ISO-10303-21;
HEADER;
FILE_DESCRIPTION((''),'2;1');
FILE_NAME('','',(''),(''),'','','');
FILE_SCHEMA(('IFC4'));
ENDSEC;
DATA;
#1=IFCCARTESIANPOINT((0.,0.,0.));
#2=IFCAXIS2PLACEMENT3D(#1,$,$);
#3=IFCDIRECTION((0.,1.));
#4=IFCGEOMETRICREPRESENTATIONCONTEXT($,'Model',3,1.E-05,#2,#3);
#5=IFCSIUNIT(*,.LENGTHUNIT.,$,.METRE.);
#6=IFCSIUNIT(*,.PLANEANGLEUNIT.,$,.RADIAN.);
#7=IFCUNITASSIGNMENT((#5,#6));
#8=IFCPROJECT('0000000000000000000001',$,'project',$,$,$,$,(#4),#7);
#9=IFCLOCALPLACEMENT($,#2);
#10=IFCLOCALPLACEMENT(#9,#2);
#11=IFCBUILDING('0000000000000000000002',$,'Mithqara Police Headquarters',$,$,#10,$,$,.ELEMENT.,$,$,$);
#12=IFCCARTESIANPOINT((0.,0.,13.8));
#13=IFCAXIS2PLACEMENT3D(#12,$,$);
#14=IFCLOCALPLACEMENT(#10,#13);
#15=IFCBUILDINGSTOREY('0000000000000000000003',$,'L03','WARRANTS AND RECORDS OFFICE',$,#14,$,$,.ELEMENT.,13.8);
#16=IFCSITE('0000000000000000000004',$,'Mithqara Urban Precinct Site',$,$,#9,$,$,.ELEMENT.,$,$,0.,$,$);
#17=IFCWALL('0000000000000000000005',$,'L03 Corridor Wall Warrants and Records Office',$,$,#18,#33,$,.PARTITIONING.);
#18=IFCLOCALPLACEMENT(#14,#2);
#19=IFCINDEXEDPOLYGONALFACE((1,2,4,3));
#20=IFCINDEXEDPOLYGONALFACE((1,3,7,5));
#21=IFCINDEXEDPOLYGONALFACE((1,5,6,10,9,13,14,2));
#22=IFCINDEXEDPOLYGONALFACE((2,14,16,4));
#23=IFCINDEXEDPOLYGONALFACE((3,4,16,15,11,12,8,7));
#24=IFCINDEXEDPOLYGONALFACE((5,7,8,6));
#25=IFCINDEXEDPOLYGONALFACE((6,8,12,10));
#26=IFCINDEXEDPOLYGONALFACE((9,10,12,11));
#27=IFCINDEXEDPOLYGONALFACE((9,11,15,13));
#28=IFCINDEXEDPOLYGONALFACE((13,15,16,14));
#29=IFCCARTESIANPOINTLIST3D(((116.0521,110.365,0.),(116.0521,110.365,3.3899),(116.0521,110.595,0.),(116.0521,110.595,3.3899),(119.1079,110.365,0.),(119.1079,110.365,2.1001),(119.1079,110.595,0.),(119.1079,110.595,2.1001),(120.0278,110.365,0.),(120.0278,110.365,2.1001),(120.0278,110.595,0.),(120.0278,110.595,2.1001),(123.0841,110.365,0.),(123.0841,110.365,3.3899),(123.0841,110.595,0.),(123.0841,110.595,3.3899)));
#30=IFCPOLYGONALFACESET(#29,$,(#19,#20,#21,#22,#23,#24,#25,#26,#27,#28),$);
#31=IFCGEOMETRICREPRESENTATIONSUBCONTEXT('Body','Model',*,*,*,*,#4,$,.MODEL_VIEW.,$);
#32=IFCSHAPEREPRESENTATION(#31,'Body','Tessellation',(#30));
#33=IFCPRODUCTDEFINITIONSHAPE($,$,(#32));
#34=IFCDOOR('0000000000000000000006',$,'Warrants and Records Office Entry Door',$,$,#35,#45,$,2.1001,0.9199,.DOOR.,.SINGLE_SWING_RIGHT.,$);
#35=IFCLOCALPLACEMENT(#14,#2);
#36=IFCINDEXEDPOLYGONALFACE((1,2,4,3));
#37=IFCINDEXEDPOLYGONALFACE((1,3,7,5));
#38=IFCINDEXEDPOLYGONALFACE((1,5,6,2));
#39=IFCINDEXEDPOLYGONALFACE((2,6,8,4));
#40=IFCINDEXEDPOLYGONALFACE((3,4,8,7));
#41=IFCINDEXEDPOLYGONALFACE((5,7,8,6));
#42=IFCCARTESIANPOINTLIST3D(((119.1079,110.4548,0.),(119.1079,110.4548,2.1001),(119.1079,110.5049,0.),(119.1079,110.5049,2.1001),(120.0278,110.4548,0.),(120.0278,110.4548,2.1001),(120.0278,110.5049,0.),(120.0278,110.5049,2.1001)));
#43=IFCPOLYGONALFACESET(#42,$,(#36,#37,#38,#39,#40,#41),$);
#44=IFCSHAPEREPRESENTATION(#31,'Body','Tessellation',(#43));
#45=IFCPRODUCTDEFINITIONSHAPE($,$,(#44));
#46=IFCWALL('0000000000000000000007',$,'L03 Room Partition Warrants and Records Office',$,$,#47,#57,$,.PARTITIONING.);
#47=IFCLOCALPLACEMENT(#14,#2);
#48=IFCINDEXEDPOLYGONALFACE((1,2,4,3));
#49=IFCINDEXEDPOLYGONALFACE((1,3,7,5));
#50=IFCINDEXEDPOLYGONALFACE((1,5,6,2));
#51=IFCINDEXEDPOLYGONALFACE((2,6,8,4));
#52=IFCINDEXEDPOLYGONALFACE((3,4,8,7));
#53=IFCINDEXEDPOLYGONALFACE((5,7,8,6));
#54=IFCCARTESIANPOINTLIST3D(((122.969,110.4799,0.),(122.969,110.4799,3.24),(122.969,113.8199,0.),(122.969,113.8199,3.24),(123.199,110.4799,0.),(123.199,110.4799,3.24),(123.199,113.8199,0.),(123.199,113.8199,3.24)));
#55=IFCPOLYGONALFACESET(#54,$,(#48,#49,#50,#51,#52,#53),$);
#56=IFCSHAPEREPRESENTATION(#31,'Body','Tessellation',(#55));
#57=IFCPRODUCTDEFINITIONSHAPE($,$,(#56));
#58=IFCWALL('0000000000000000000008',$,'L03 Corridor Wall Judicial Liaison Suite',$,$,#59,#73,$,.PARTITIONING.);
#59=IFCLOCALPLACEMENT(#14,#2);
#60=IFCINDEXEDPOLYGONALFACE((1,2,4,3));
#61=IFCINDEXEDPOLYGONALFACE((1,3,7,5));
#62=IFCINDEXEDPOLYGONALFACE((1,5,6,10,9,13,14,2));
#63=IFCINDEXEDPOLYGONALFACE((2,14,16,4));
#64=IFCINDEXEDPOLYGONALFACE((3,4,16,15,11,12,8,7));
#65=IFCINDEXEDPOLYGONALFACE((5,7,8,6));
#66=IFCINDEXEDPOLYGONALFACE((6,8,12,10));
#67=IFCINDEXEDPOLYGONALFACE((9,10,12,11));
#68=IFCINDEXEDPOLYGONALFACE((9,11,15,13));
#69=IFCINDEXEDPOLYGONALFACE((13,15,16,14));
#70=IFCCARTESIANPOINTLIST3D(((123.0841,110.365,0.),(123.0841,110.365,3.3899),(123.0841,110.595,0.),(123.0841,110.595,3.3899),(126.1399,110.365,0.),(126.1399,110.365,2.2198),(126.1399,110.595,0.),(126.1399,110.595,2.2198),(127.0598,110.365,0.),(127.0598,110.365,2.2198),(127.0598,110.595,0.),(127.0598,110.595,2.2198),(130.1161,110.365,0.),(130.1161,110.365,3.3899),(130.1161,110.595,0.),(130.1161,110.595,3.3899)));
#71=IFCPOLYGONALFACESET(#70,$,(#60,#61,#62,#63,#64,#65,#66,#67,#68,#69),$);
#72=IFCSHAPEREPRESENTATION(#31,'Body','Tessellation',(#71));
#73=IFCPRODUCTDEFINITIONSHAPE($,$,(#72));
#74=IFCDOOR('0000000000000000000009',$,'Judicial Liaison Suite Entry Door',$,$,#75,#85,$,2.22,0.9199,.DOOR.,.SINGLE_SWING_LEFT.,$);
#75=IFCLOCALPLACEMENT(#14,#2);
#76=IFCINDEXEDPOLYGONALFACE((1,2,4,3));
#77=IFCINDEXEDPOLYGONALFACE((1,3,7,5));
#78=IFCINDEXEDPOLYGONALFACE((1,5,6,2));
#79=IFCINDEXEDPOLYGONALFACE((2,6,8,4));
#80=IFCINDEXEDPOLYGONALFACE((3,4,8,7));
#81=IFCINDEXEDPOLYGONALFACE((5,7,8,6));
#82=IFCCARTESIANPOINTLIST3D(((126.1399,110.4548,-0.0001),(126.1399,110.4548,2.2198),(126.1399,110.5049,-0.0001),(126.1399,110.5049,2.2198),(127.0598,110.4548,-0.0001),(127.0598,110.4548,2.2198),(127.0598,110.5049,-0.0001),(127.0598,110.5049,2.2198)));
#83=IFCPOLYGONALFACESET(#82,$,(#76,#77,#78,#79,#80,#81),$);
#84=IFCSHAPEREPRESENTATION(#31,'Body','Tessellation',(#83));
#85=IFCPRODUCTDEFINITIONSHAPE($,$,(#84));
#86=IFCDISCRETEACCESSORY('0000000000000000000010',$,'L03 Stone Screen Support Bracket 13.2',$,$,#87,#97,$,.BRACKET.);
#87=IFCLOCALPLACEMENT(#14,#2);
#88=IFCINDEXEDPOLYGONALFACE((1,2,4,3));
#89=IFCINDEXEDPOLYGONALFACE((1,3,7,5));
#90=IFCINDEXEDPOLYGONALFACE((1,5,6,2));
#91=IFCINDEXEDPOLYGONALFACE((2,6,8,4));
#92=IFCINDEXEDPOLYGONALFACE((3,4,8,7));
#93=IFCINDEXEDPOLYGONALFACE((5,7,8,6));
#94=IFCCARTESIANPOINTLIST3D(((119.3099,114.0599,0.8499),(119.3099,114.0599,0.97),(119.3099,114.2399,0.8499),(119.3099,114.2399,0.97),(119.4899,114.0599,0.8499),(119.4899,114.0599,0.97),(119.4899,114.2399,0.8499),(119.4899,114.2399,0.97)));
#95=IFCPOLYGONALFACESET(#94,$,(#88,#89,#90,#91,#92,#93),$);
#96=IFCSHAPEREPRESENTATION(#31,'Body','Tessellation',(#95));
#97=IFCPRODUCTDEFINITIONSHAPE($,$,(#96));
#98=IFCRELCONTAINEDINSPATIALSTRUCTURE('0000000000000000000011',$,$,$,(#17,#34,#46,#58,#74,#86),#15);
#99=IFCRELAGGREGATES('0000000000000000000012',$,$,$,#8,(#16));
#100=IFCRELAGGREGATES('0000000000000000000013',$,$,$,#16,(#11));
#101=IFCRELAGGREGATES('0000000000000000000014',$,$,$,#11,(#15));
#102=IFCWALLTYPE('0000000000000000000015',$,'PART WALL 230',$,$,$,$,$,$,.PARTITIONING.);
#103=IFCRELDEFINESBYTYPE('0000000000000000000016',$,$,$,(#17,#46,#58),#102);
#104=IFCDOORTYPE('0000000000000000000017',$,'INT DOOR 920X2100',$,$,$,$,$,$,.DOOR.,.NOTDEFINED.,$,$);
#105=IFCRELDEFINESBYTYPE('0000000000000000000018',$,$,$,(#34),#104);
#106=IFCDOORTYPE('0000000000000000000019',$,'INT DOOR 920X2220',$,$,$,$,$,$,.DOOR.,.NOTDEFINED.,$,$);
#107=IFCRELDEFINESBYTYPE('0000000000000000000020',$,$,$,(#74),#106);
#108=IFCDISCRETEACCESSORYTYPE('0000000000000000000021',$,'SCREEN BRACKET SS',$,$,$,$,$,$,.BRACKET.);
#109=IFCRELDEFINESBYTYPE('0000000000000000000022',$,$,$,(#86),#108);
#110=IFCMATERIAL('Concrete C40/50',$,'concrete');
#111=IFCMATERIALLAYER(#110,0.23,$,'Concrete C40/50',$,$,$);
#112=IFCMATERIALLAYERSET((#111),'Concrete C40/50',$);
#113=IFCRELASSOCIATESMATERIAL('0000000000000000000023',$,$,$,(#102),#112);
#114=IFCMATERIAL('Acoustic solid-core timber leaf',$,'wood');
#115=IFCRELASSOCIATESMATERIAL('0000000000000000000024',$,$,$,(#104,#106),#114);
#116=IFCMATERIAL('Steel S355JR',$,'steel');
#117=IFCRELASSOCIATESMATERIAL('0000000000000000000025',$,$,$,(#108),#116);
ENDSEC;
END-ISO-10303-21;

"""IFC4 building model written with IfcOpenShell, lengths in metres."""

from ifc_helpers import new_model, si_unit, direction, frame, frame_2d, origin, origin_2d, place, context, subcontext, project, spatial, rectangle, extrude, material, layer, layer_set, type_object, element, fill, save


model = new_model("IFC4")

# Units and contexts
model_context = context("Model", 3, precision=1e-05, world=origin(), true_north=direction((0.0, 1.0)))
body_context = subcontext(model_context, "Body", "Model", "MODEL_VIEW")
ifc_project = project(units=[si_unit("LENGTHUNIT", "METRE"), si_unit("PLANEANGLEUNIT", "RADIAN")], contexts=[model_context])

# Site, building, storey
site_placement = place(None, origin())
site = spatial("IfcSite", under=ifc_project, at=site_placement, Name="Mithqara Urban Precinct Site", CompositionType="ELEMENT", RefElevation=0.0)
building_placement = place(site_placement, origin())
building = spatial("IfcBuilding", under=site, at=building_placement, Name="Mithqara Police Headquarters", CompositionType="ELEMENT")
storey_placement = place(building_placement, frame((0.0, 0.0, 13.8)))
storey = spatial("IfcBuildingStorey", under=building, at=storey_placement, Name="L03", Description="WARRANTS AND RECORDS OFFICE", CompositionType="ELEMENT", Elevation=13.8)

# Shared definitions
ifc_material_1 = material(Name="Steel S355JR", Category="steel")
ifc_material_2 = material(Name="Concrete C40/50", Category="concrete")

# Shared definitions
ifc_layer_1 = layer(ifc_material_2, 0.23, Name="Concrete C40/50")
ifc_layer_set_1 = layer_set([ifc_layer_1], Name="Concrete C40/50")
wall_type = type_object("IfcWallType", Name="PART WALL 230", PredefinedType="PARTITIONING", material=ifc_layer_set_1)

# Wall, opening, door
wall_1_placement = place(storey_placement, frame((116.052, 110.48, 0.0), z_axis=(0.0, 0.0, 1.0), x_axis=(1.0, 0.0, 0.0)))
wall_1 = element("IfcWall", 1, at=wall_1_placement, inside=storey, type_object=wall_type, Name="L03 Corridor Wall Warrants and Records Office", PredefinedType="PARTITIONING", context=body_context, shape_type="SweptSolid", body=[
    extrude(rectangle(XDim=7.032, YDim=0.23, at=frame_2d((3.5161, 0.0))), origin(), (0.0, 0.0, 1.0), 3.3899),
])
opening_1_placement = place(wall_1_placement, frame((3.0559, 0.0, 0.0)))
opening_1 = element("IfcOpeningElement", 2, at=opening_1_placement, cuts=wall_1, PredefinedType="OPENING", context=body_context, shape_type="SweptSolid", body=[
    extrude(rectangle(XDim=0.9199, YDim=2.1001, at=frame_2d((0.46, 1.05))), frame((0.0, 0.125, 0.0), z_axis=(0.0, -1.0, 0.0), x_axis=(1.0, 0.0, 0.0)), (0.0, 0.0, 1.0), 0.25),
])
ifc_material_3 = material(Name="Acoustic solid-core timber leaf", Category="wood")
door_type_1 = type_object("IfcDoorType", Name="INT DOOR 920X2100", OperationType="NOTDEFINED", PredefinedType="DOOR", material=ifc_material_3)
door_1_placement = place(opening_1_placement, origin())
door_1 = element("IfcDoor", 3, at=door_1_placement, inside=storey, type_object=door_type_1, Name="Warrants and Records Office Entry Door", OperationType="SINGLE_SWING_RIGHT", OverallHeight=2.1001, OverallWidth=0.9199, PredefinedType="DOOR", context=body_context, shape_type="SweptSolid", body=[
    extrude(rectangle(XDim=0.9199, YDim=2.1001, at=frame_2d((0.46, 1.05))), frame((0.0, 0.0249, 0.0), z_axis=(0.0, -1.0, 0.0), x_axis=(1.0, 0.0, 0.0)), (0.0, 0.0, 1.0), 0.05),
])
fill(opening_1, door_1)

# Wall
wall_2_placement = place(storey_placement, frame((123.084, 110.48, 0.0), z_axis=(0.0, 0.0, 1.0), x_axis=(0.0, 1.0, 0.0)))
element("IfcWall", 4, at=wall_2_placement, inside=storey, type_object=wall_type, Name="L03 Room Partition Warrants and Records Office", PredefinedType="PARTITIONING", context=body_context, shape_type="SweptSolid", body=[
    extrude(rectangle(XDim=3.3401, YDim=0.23, at=frame_2d((1.6699, 0.0))), origin(), (0.0, 0.0, 1.0), 3.24),
])

# Wall, opening, door
wall_3_placement = place(storey_placement, frame((123.084, 110.48, 0.0), z_axis=(0.0, 0.0, 1.0), x_axis=(1.0, 0.0, 0.0)))
wall_3 = element("IfcWall", 5, at=wall_3_placement, inside=storey, type_object=wall_type, Name="L03 Corridor Wall Judicial Liaison Suite", PredefinedType="PARTITIONING", context=body_context, shape_type="SweptSolid", body=[
    extrude(rectangle(XDim=7.032, YDim=0.23, at=frame_2d((3.5161, 0.0))), origin(), (0.0, 0.0, 1.0), 3.3899),
])
opening_2_placement = place(wall_3_placement, frame((3.0559, 0.0, 0.0)))
opening_2 = element("IfcOpeningElement", 6, at=opening_2_placement, cuts=wall_3, PredefinedType="OPENING", context=body_context, shape_type="SweptSolid", body=[
    extrude(rectangle(XDim=0.9199, YDim=2.22, at=frame_2d((0.46, 1.1099))), frame((0.0, 0.125, 0.0), z_axis=(0.0, -1.0, 0.0), x_axis=(1.0, 0.0, 0.0)), (0.0, 0.0, 1.0), 0.25),
])
door_type_2 = type_object("IfcDoorType", Name="INT DOOR 920X2220", OperationType="NOTDEFINED", PredefinedType="DOOR", material=ifc_material_3)
door_2_placement = place(opening_2_placement, origin())
door_2 = element("IfcDoor", 7, at=door_2_placement, inside=storey, type_object=door_type_2, Name="Judicial Liaison Suite Entry Door", OperationType="SINGLE_SWING_LEFT", OverallHeight=2.22, OverallWidth=0.9199, PredefinedType="DOOR", context=body_context, shape_type="SweptSolid", body=[
    extrude(rectangle(XDim=0.9199, YDim=2.22, at=frame_2d((0.46, 1.1099))), frame((0.0, 0.0249, 0.0), z_axis=(0.0, -1.0, 0.0), x_axis=(1.0, 0.0, 0.0)), (0.0, 0.0, 1.0), 0.05),
])
fill(opening_2, door_2)

# Discrete accessory
discrete_accessory_type = type_object("IfcDiscreteAccessoryType", Name="SCREEN BRACKET SS", PredefinedType="BRACKET", material=ifc_material_1)
discrete_accessory_placement = place(storey_placement, frame((119.3999, 114.1499, 0.8499), z_axis=(0.0, 0.0, 1.0), x_axis=(1.0, 0.0, 0.0)))
element("IfcDiscreteAccessory", 8, at=discrete_accessory_placement, inside=storey, type_object=discrete_accessory_type, Name="L03 Stone Screen Support Bracket 13.2", PredefinedType="BRACKET", context=body_context, shape_type="SweptSolid", body=[
    extrude(rectangle(XDim=0.1799, YDim=0.1799, at=origin_2d()), origin(), (0.0, 0.0, 1.0), 0.1201),
])

save(model, "model.ifc")
